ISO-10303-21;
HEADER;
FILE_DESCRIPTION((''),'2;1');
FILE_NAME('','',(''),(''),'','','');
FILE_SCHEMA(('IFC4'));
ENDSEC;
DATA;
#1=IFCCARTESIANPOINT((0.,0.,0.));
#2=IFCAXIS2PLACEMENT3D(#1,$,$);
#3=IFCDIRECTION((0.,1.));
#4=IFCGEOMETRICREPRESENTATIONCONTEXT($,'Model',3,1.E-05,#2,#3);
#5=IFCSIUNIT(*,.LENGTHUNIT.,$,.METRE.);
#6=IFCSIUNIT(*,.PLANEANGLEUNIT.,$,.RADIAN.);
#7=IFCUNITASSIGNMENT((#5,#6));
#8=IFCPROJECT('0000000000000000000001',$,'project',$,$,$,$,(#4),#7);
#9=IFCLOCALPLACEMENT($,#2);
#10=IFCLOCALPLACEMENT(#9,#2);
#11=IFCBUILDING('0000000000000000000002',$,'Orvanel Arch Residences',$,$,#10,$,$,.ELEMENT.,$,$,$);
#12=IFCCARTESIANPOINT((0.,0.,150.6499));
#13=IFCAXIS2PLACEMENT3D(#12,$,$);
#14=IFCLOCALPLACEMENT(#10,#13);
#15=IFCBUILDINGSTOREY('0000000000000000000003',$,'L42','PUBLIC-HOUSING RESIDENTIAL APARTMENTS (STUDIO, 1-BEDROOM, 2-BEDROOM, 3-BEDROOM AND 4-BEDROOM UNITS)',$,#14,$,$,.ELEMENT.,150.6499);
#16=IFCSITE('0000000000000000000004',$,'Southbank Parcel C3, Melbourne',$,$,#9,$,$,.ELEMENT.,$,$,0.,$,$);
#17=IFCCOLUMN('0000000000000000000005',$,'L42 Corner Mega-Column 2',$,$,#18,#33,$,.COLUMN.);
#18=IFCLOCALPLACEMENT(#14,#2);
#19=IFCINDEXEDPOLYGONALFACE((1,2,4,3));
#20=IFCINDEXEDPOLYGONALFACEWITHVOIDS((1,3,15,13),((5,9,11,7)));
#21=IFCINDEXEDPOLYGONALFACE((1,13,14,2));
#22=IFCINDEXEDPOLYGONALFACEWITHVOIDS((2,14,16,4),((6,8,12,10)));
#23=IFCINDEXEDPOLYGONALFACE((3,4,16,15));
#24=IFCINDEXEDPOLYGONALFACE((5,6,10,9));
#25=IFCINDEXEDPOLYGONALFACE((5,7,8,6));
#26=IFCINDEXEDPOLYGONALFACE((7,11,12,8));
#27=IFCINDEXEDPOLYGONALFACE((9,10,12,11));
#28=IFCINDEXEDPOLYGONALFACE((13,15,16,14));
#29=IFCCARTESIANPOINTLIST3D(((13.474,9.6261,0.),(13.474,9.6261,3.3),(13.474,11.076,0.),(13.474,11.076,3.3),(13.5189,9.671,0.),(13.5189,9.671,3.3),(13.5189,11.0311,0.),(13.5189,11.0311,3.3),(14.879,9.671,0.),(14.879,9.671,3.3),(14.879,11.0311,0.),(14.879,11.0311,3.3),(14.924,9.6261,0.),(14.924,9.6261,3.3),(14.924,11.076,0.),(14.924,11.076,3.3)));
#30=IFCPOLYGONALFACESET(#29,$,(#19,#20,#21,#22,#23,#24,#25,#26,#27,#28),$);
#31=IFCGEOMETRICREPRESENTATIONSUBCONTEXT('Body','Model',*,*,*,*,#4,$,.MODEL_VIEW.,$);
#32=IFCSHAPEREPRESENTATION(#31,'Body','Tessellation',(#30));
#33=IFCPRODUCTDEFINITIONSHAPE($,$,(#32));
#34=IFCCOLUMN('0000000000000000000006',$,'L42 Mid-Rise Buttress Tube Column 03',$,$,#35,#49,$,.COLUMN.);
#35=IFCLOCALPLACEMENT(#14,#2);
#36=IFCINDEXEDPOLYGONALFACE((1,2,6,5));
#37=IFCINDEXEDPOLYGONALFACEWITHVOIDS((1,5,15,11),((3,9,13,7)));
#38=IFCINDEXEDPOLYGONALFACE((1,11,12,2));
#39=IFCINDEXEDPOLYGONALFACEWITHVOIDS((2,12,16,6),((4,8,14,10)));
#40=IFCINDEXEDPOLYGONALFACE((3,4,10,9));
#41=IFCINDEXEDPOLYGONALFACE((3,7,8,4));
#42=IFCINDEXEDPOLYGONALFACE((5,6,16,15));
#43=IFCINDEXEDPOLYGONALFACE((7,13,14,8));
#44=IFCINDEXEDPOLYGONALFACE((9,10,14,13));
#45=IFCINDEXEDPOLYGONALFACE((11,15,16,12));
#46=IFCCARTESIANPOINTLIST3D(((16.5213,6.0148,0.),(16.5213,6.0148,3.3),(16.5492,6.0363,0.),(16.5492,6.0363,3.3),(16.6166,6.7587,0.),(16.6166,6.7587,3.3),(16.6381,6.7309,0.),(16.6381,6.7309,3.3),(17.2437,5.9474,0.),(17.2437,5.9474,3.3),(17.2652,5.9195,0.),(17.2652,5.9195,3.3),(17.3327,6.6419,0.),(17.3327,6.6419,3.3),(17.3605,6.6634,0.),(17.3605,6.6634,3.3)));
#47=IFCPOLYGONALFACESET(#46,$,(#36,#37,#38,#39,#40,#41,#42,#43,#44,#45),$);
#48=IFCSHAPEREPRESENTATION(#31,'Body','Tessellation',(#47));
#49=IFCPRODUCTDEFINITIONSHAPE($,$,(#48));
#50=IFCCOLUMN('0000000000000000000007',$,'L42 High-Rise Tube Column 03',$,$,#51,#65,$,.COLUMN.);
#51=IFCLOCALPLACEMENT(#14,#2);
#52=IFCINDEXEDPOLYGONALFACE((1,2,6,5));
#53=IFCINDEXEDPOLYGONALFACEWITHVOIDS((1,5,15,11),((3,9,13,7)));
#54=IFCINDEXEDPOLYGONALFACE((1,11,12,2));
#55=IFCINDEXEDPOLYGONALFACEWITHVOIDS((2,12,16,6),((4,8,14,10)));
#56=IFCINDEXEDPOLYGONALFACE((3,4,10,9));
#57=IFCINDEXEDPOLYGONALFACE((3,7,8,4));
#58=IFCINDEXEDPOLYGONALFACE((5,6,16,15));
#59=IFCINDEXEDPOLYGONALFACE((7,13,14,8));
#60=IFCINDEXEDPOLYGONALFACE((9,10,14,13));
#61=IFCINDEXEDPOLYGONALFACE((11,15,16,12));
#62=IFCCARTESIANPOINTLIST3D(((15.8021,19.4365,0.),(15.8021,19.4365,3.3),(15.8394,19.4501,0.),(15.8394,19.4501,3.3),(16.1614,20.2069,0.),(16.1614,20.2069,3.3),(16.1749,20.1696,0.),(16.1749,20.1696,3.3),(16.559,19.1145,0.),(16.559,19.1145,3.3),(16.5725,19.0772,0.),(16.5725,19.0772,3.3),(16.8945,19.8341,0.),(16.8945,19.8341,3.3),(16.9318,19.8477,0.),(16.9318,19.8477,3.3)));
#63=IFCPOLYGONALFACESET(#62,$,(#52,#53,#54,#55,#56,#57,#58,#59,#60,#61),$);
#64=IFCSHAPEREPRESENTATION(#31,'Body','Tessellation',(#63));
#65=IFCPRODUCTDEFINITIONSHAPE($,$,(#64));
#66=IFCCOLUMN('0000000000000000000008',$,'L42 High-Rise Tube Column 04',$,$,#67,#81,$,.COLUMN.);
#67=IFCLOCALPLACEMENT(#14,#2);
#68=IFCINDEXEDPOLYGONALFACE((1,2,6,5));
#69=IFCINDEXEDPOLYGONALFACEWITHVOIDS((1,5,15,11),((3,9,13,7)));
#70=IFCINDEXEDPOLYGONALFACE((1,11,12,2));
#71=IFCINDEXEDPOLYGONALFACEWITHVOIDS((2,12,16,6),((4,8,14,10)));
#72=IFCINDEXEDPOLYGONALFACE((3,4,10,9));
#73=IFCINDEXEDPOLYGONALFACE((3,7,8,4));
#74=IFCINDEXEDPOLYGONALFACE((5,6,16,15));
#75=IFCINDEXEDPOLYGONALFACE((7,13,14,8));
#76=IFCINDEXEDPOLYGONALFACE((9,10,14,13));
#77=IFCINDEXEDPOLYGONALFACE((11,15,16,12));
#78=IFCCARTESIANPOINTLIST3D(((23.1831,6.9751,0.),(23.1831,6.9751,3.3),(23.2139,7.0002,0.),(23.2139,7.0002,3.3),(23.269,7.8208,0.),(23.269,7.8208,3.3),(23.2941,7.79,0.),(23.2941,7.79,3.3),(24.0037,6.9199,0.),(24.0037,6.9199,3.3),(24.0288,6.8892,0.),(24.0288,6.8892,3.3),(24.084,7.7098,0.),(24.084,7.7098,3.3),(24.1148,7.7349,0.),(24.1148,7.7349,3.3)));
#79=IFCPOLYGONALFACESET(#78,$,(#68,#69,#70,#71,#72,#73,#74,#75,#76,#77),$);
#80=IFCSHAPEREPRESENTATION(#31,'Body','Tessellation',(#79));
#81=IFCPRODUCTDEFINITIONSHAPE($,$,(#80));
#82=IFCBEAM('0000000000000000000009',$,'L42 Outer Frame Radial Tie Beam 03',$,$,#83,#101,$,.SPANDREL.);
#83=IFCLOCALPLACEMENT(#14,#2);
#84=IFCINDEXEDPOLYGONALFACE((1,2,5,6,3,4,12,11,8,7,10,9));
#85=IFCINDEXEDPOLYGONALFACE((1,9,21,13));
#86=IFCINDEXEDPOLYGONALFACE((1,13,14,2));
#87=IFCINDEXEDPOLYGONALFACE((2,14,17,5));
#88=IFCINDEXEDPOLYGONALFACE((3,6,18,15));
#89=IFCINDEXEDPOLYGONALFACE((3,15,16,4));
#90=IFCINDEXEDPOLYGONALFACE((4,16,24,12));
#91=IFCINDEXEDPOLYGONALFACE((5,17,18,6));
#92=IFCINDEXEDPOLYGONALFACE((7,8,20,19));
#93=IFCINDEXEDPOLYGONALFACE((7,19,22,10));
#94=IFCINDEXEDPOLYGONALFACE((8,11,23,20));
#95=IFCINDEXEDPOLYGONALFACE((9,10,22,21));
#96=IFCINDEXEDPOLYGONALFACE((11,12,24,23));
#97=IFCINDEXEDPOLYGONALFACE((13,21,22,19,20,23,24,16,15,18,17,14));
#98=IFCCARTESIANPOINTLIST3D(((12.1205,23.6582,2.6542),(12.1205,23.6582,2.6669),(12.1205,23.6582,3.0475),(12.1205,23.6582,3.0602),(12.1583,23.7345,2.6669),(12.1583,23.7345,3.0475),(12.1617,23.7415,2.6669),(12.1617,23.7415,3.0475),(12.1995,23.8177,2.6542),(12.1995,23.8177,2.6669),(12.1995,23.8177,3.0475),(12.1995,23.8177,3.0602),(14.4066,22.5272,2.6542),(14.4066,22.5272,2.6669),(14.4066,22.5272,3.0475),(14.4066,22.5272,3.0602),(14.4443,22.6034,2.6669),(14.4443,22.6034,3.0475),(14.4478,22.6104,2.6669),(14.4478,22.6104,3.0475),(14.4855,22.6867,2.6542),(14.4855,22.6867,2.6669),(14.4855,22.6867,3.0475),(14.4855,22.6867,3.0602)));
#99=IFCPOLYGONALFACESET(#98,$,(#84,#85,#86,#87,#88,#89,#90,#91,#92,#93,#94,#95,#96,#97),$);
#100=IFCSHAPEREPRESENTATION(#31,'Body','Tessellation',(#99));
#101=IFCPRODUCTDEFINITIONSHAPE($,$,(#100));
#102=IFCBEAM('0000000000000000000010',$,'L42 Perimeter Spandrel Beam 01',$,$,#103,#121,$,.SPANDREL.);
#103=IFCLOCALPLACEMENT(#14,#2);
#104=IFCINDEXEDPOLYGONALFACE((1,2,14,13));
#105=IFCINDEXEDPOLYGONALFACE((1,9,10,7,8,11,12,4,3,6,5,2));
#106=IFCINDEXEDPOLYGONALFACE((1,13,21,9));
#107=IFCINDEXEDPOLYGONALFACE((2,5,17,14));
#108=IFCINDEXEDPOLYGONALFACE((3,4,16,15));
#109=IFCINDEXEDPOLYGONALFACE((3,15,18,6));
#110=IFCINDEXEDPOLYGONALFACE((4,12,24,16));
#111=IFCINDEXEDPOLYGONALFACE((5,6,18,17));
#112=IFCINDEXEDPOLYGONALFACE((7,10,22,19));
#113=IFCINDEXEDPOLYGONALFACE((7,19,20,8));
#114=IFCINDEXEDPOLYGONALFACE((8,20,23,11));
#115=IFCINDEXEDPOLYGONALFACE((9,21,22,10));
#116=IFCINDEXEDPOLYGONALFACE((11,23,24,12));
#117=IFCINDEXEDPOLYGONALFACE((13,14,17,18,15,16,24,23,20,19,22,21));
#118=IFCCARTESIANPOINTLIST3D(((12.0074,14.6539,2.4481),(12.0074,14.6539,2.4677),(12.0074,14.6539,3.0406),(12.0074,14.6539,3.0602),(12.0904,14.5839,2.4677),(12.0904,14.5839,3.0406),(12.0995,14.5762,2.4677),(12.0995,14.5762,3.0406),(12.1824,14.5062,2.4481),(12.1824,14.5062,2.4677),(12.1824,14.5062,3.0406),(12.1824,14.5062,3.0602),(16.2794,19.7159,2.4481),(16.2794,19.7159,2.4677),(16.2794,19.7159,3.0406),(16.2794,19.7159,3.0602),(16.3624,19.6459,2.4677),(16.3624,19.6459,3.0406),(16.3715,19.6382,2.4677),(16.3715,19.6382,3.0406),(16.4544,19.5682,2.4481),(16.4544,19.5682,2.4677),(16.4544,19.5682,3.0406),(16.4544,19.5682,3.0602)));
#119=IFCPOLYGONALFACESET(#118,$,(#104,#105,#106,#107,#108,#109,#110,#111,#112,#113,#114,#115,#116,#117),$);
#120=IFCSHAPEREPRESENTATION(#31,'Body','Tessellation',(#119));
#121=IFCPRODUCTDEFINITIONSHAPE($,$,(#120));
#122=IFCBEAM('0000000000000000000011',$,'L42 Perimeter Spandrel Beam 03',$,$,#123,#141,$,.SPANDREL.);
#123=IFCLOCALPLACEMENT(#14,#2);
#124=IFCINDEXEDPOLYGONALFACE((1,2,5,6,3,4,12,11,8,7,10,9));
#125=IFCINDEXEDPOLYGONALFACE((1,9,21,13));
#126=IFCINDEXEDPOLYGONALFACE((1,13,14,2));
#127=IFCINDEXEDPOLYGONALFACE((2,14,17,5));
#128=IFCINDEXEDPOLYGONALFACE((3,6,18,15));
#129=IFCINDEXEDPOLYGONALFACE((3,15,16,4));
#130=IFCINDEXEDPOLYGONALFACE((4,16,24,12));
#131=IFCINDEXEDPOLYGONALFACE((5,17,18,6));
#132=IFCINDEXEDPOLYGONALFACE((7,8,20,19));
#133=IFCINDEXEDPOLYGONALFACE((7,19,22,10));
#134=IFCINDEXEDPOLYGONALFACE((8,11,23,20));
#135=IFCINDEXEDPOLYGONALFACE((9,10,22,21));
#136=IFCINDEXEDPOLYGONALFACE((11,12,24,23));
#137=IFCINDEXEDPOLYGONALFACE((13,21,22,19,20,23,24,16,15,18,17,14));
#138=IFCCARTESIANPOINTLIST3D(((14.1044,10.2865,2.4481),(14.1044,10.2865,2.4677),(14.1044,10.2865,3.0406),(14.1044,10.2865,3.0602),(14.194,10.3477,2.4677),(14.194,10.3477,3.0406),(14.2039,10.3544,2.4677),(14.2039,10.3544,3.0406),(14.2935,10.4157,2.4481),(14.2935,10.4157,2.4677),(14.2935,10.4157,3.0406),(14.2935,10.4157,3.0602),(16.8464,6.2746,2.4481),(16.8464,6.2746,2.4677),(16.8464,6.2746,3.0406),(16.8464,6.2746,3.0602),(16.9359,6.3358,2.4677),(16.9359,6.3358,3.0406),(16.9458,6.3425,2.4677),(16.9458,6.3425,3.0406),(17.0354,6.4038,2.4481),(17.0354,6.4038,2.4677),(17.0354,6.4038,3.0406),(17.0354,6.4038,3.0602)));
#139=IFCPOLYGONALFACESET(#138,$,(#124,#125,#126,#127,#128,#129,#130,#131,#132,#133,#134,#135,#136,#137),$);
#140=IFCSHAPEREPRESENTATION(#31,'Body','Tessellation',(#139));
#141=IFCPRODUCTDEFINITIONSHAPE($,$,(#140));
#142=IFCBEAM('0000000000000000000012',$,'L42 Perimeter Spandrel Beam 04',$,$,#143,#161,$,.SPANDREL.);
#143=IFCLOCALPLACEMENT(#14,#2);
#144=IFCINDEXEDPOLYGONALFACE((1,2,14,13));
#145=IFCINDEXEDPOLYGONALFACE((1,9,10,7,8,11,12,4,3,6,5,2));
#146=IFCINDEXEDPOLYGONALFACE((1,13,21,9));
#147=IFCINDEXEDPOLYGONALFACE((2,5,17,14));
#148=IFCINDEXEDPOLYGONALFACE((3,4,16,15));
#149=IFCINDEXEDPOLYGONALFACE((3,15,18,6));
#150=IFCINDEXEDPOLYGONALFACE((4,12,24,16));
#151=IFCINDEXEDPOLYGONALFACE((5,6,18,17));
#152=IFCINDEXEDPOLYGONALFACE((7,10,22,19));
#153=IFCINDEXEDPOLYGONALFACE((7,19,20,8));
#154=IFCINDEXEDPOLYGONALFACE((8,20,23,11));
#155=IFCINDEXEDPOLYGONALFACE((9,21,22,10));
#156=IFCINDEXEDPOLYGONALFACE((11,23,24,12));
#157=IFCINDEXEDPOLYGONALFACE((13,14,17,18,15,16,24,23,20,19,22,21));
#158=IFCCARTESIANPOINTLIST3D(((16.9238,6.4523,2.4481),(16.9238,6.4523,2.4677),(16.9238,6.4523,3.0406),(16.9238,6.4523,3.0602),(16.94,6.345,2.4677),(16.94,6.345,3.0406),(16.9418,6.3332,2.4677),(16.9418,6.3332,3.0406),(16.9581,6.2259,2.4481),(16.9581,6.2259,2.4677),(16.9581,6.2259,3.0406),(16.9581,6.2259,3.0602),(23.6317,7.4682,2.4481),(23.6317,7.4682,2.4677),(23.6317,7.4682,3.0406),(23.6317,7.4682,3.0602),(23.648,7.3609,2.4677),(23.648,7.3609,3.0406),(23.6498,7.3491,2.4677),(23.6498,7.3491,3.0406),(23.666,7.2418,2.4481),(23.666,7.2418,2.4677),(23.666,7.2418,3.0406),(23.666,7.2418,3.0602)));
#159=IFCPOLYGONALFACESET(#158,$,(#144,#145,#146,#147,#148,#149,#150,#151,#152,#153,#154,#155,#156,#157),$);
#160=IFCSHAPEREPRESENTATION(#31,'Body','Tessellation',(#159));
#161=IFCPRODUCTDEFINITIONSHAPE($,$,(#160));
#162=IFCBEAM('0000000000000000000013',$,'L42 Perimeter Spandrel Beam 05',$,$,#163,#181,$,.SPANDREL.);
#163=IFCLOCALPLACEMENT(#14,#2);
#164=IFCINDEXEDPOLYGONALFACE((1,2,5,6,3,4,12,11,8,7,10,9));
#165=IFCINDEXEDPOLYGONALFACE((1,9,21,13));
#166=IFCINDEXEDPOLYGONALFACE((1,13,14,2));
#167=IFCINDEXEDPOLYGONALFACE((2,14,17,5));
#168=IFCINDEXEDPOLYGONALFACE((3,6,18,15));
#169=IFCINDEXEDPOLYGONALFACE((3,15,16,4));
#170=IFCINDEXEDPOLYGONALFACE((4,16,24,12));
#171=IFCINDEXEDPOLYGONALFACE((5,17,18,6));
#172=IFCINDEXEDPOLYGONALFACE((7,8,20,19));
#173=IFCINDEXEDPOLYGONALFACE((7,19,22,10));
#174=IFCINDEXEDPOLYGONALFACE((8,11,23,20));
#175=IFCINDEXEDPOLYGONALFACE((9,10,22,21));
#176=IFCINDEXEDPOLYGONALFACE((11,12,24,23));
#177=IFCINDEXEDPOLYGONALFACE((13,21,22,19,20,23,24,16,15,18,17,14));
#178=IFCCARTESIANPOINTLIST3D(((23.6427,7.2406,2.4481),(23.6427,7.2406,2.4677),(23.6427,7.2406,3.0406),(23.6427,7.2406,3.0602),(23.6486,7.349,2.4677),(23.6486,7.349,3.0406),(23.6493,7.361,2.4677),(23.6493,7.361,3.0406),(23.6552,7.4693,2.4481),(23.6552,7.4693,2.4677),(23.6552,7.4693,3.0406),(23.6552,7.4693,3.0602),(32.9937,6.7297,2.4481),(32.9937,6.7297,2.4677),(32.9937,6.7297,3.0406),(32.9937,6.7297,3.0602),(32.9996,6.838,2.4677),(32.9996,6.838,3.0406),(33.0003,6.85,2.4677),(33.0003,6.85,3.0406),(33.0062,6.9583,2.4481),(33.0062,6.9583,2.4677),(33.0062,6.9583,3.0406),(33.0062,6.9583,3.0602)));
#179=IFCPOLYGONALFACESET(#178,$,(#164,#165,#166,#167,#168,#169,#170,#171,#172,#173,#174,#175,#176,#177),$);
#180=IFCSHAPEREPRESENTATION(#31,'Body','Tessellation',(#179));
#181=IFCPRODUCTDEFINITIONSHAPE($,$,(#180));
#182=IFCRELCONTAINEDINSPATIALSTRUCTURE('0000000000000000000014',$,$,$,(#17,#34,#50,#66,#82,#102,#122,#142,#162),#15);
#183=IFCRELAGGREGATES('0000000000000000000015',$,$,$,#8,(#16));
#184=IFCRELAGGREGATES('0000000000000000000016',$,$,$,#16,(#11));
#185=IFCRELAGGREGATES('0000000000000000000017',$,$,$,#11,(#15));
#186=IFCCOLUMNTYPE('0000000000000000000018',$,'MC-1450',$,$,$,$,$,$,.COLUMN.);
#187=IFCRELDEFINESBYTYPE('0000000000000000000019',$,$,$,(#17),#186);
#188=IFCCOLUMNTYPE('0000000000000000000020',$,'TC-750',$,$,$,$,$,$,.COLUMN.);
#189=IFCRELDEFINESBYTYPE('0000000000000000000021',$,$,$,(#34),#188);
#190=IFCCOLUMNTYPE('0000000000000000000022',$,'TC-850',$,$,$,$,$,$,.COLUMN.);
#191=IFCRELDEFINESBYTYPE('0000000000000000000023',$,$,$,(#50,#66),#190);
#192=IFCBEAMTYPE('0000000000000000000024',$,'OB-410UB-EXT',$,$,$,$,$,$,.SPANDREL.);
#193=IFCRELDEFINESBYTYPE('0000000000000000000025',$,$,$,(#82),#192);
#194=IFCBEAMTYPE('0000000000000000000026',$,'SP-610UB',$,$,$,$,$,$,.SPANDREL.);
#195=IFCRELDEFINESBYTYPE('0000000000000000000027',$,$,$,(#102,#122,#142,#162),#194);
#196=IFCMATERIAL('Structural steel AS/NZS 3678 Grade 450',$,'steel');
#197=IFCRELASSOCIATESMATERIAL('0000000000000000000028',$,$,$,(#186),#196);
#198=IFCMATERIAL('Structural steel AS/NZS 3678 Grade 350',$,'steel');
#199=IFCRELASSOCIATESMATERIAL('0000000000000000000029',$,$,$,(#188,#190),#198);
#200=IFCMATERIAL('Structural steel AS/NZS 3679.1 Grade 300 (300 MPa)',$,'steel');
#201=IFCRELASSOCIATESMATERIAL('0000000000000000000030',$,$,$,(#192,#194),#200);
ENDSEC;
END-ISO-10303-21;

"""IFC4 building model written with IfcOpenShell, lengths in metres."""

from ifc_helpers import new_model, si_unit, direction, frame, origin, origin_2d, place, context, subcontext, project, spatial, hollow_rectangle, i_section, extrude, material, material_profile, profile_set, type_object, element, save


model = new_model("IFC4")

# Units and contexts
model_context = context("Model", 3, precision=1e-05, world=origin(), true_north=direction((0.0, 1.0)))
body_context = subcontext(model_context, "Body", "Model", "MODEL_VIEW")
ifc_project = project(units=[si_unit("LENGTHUNIT", "METRE"), si_unit("PLANEANGLEUNIT", "RADIAN")], contexts=[model_context])

# Site, building, storey
site_placement = place(None, origin())
site = spatial("IfcSite", under=ifc_project, at=site_placement, Name="Southbank Parcel C3, Melbourne", CompositionType="ELEMENT", RefElevation=0.0)
building_placement = place(site_placement, origin())
building = spatial("IfcBuilding", under=site, at=building_placement, Name="Orvanel Arch Residences", CompositionType="ELEMENT")
storey_placement = place(building_placement, frame((0.0, 0.0, 150.6499)))
storey = spatial("IfcBuildingStorey", under=building, at=storey_placement, Name="L42", Description="PUBLIC-HOUSING RESIDENTIAL APARTMENTS (STUDIO, 1-BEDROOM, 2-BEDROOM, 3-BEDROOM AND 4-BEDROOM UNITS)", CompositionType="ELEMENT", Elevation=150.6499)

# Columns
ifc_material_1 = material(Name="Structural steel AS/NZS 3678 Grade 450", Category="steel")
ifc_material_profile_1 = material_profile(ifc_material_1, hollow_rectangle(XDim=1.45, YDim=1.45, WallThickness=0.0449, at=origin_2d()), Name="BOX1450x1450x45")
ifc_profile_set_1 = profile_set([ifc_material_profile_1], Name="Structural steel AS/NZS 3678 Grade 450")
column_type_1 = type_object("IfcColumnType", Name="MC-1450", PredefinedType="COLUMN", material=ifc_profile_set_1)
column_1_placement = place(storey_placement, frame((14.199, 10.3511, 0.0), z_axis=(0.0, 0.0, 1.0), x_axis=(1.0, 0.0, 0.0)))
element("IfcColumn", 1, at=column_1_placement, inside=storey, type_object=column_type_1, Name="L42 Corner Mega-Column 2", PredefinedType="COLUMN", context=body_context, shape_type="SweptSolid", body=[
    extrude(hollow_rectangle(XDim=1.45, YDim=1.45, WallThickness=0.0449, at=origin_2d()), origin(), (0.0, 0.0, 1.0), 3.3),
])
ifc_material_2 = material(Name="Structural steel AS/NZS 3678 Grade 350", Category="steel")
ifc_material_profile_2 = material_profile(ifc_material_2, hollow_rectangle(XDim=0.75, YDim=0.75, WallThickness=0.0249, at=origin_2d()), Name="BOX750x750x25")
ifc_profile_set_2 = profile_set([ifc_material_profile_2], Name="Structural steel AS/NZS 3678 Grade 350")
column_type_2 = type_object("IfcColumnType", Name="TC-750", PredefinedType="COLUMN", material=ifc_profile_set_2)
column_2_placement = place(storey_placement, frame((16.9409, 6.3391, 0.0), z_axis=(0.0, 0.0, 1.0), x_axis=(-0.991894, 0.127065, 0.0)))
element("IfcColumn", 2, at=column_2_placement, inside=storey, type_object=column_type_2, Name="L42 Mid-Rise Buttress Tube Column 03", PredefinedType="COLUMN", context=body_context, shape_type="SweptSolid", body=[
    extrude(hollow_rectangle(XDim=0.75, YDim=0.75, WallThickness=0.0249, at=origin_2d()), origin(), (0.0, 0.0, 1.0), 3.3),
])
ifc_material_profile_3 = material_profile(ifc_material_2, hollow_rectangle(XDim=0.8501, YDim=0.8501, WallThickness=0.0281, at=origin_2d()), Name="BOX850x850x28")
ifc_profile_set_3 = profile_set([ifc_material_profile_3], Name="Structural steel AS/NZS 3678 Grade 350")
column_type_3 = type_object("IfcColumnType", Name="TC-850", PredefinedType="COLUMN", material=ifc_profile_set_3)
for number, where, z_axis, x_axis, name in (
    (3, (16.3669, 19.6421, 0.0), (0.0, 0.0, 1.0), (0.422618, 0.906308, 0.0), "L42 High-Rise Tube Column 03"),
    (4, (23.6489, 7.355, 0.0), (0.0, 0.0, 1.0), (-0.994881, 0.101056, 0.0), "L42 High-Rise Tube Column 04"),
):
    element("IfcColumn", number, at=place(storey_placement, frame(where, z_axis=z_axis, x_axis=x_axis)), inside=storey, type_object=column_type_3, Name=name, PredefinedType="COLUMN", context=body_context, shape_type="SweptSolid", body=[
        extrude(hollow_rectangle(XDim=0.8501, YDim=0.8501, WallThickness=0.0281, at=origin_2d()), origin(), (0.0, 0.0, 1.0), 3.3),
    ])

# Beams
ifc_material_3 = material(Name="Structural steel AS/NZS 3679.1 Grade 300 (300 MPa)", Category="steel")
ifc_material_profile_4 = material_profile(ifc_material_3, i_section(OverallWidth=0.178, OverallDepth=0.406, WebThickness=0.0078, FlangeThickness=0.0127, at=origin_2d()), Name="410UB59.7")
ifc_profile_set_4 = profile_set([ifc_material_profile_4], Name="Structural steel AS/NZS 3679.1 Grade 300 (300 MPa)")
beam_type_1 = type_object("IfcBeamType", Name="OB-410UB-EXT", PredefinedType="SPANDREL", material=ifc_profile_set_4)
beam_1_placement = place(storey_placement, frame((14.446, 22.6069, 2.8572), z_axis=(-0.896295, 0.443458, 0.0), x_axis=(-0.443458, -0.896295, 0.0)))
element("IfcBeam", 5, at=beam_1_placement, inside=storey, type_object=beam_type_1, Name="L42 Outer Frame Radial Tie Beam 03", PredefinedType="SPANDREL", context=body_context, shape_type="SweptSolid", body=[
    extrude(i_section(OverallWidth=0.178, OverallDepth=0.406, WebThickness=0.0078, FlangeThickness=0.0127, at=origin_2d()), origin(), (0.0, 0.0, 1.0), 2.5505),
])
ifc_material_profile_5 = material_profile(ifc_material_3, i_section(OverallWidth=0.229, OverallDepth=0.6121, WebThickness=0.012, FlangeThickness=0.0195, at=origin_2d()), Name="610UB125")
ifc_profile_set_5 = profile_set([ifc_material_profile_5], Name="Structural steel AS/NZS 3679.1 Grade 300 (300 MPa)")
beam_type_2 = type_object("IfcBeamType", Name="SP-610UB", PredefinedType="SPANDREL", material=ifc_profile_set_5)
beam_2_placement = place(storey_placement, frame((16.3669, 19.6421, 2.7542), z_axis=(-0.64495, -0.764224, 0.0), x_axis=(0.764224, -0.64495, 0.0)))
element("IfcBeam", 6, at=beam_2_placement, inside=storey, type_object=beam_type_2, Name="L42 Perimeter Spandrel Beam 01", PredefinedType="SPANDREL", context=body_context, shape_type="SweptSolid", body=[
    extrude(i_section(OverallWidth=0.229, OverallDepth=0.6121, WebThickness=0.012, FlangeThickness=0.0195, at=origin_2d()), origin(), (0.0, 0.0, 1.0), 6.6238),
])
beam_3_placement = place(storey_placement, frame((14.199, 10.3511, 2.7542), z_axis=(0.564252, -0.825603, 0.0), x_axis=(0.825603, 0.564252, 0.0)))
element("IfcBeam", 7, at=beam_3_placement, inside=storey, type_object=beam_type_2, Name="L42 Perimeter Spandrel Beam 03", PredefinedType="SPANDREL", context=body_context, shape_type="SweptSolid", body=[
    extrude(i_section(OverallWidth=0.229, OverallDepth=0.6121, WebThickness=0.012, FlangeThickness=0.0195, at=origin_2d()), origin(), (0.0, 0.0, 1.0), 4.8594),
])
beam_4_placement = place(storey_placement, frame((16.9409, 6.3391, 2.7542), z_axis=(0.988726, 0.149734, 0.0), x_axis=(-0.149734, 0.988726, 0.0)))
element("IfcBeam", 8, at=beam_4_placement, inside=storey, type_object=beam_type_2, Name="L42 Perimeter Spandrel Beam 04", PredefinedType="SPANDREL", context=body_context, shape_type="SweptSolid", body=[
    extrude(i_section(OverallWidth=0.229, OverallDepth=0.6121, WebThickness=0.012, FlangeThickness=0.0195, at=origin_2d()), origin(), (0.0, 0.0, 1.0), 6.7844),
])
beam_5_placement = place(storey_placement, frame((23.6489, 7.355, 2.7542), z_axis=(0.99851, -0.054563, 0.0), x_axis=(0.054563, 0.99851, 0.0)))
element("IfcBeam", 9, at=beam_5_placement, inside=storey, type_object=beam_type_2, Name="L42 Perimeter Spandrel Beam 05", PredefinedType="SPANDREL", context=body_context, shape_type="SweptSolid", body=[
    extrude(i_section(OverallWidth=0.229, OverallDepth=0.6121, WebThickness=0.012, FlangeThickness=0.0195, at=origin_2d()), origin(), (0.0, 0.0, 1.0), 9.365),
])

save(model, "model.ifc")
